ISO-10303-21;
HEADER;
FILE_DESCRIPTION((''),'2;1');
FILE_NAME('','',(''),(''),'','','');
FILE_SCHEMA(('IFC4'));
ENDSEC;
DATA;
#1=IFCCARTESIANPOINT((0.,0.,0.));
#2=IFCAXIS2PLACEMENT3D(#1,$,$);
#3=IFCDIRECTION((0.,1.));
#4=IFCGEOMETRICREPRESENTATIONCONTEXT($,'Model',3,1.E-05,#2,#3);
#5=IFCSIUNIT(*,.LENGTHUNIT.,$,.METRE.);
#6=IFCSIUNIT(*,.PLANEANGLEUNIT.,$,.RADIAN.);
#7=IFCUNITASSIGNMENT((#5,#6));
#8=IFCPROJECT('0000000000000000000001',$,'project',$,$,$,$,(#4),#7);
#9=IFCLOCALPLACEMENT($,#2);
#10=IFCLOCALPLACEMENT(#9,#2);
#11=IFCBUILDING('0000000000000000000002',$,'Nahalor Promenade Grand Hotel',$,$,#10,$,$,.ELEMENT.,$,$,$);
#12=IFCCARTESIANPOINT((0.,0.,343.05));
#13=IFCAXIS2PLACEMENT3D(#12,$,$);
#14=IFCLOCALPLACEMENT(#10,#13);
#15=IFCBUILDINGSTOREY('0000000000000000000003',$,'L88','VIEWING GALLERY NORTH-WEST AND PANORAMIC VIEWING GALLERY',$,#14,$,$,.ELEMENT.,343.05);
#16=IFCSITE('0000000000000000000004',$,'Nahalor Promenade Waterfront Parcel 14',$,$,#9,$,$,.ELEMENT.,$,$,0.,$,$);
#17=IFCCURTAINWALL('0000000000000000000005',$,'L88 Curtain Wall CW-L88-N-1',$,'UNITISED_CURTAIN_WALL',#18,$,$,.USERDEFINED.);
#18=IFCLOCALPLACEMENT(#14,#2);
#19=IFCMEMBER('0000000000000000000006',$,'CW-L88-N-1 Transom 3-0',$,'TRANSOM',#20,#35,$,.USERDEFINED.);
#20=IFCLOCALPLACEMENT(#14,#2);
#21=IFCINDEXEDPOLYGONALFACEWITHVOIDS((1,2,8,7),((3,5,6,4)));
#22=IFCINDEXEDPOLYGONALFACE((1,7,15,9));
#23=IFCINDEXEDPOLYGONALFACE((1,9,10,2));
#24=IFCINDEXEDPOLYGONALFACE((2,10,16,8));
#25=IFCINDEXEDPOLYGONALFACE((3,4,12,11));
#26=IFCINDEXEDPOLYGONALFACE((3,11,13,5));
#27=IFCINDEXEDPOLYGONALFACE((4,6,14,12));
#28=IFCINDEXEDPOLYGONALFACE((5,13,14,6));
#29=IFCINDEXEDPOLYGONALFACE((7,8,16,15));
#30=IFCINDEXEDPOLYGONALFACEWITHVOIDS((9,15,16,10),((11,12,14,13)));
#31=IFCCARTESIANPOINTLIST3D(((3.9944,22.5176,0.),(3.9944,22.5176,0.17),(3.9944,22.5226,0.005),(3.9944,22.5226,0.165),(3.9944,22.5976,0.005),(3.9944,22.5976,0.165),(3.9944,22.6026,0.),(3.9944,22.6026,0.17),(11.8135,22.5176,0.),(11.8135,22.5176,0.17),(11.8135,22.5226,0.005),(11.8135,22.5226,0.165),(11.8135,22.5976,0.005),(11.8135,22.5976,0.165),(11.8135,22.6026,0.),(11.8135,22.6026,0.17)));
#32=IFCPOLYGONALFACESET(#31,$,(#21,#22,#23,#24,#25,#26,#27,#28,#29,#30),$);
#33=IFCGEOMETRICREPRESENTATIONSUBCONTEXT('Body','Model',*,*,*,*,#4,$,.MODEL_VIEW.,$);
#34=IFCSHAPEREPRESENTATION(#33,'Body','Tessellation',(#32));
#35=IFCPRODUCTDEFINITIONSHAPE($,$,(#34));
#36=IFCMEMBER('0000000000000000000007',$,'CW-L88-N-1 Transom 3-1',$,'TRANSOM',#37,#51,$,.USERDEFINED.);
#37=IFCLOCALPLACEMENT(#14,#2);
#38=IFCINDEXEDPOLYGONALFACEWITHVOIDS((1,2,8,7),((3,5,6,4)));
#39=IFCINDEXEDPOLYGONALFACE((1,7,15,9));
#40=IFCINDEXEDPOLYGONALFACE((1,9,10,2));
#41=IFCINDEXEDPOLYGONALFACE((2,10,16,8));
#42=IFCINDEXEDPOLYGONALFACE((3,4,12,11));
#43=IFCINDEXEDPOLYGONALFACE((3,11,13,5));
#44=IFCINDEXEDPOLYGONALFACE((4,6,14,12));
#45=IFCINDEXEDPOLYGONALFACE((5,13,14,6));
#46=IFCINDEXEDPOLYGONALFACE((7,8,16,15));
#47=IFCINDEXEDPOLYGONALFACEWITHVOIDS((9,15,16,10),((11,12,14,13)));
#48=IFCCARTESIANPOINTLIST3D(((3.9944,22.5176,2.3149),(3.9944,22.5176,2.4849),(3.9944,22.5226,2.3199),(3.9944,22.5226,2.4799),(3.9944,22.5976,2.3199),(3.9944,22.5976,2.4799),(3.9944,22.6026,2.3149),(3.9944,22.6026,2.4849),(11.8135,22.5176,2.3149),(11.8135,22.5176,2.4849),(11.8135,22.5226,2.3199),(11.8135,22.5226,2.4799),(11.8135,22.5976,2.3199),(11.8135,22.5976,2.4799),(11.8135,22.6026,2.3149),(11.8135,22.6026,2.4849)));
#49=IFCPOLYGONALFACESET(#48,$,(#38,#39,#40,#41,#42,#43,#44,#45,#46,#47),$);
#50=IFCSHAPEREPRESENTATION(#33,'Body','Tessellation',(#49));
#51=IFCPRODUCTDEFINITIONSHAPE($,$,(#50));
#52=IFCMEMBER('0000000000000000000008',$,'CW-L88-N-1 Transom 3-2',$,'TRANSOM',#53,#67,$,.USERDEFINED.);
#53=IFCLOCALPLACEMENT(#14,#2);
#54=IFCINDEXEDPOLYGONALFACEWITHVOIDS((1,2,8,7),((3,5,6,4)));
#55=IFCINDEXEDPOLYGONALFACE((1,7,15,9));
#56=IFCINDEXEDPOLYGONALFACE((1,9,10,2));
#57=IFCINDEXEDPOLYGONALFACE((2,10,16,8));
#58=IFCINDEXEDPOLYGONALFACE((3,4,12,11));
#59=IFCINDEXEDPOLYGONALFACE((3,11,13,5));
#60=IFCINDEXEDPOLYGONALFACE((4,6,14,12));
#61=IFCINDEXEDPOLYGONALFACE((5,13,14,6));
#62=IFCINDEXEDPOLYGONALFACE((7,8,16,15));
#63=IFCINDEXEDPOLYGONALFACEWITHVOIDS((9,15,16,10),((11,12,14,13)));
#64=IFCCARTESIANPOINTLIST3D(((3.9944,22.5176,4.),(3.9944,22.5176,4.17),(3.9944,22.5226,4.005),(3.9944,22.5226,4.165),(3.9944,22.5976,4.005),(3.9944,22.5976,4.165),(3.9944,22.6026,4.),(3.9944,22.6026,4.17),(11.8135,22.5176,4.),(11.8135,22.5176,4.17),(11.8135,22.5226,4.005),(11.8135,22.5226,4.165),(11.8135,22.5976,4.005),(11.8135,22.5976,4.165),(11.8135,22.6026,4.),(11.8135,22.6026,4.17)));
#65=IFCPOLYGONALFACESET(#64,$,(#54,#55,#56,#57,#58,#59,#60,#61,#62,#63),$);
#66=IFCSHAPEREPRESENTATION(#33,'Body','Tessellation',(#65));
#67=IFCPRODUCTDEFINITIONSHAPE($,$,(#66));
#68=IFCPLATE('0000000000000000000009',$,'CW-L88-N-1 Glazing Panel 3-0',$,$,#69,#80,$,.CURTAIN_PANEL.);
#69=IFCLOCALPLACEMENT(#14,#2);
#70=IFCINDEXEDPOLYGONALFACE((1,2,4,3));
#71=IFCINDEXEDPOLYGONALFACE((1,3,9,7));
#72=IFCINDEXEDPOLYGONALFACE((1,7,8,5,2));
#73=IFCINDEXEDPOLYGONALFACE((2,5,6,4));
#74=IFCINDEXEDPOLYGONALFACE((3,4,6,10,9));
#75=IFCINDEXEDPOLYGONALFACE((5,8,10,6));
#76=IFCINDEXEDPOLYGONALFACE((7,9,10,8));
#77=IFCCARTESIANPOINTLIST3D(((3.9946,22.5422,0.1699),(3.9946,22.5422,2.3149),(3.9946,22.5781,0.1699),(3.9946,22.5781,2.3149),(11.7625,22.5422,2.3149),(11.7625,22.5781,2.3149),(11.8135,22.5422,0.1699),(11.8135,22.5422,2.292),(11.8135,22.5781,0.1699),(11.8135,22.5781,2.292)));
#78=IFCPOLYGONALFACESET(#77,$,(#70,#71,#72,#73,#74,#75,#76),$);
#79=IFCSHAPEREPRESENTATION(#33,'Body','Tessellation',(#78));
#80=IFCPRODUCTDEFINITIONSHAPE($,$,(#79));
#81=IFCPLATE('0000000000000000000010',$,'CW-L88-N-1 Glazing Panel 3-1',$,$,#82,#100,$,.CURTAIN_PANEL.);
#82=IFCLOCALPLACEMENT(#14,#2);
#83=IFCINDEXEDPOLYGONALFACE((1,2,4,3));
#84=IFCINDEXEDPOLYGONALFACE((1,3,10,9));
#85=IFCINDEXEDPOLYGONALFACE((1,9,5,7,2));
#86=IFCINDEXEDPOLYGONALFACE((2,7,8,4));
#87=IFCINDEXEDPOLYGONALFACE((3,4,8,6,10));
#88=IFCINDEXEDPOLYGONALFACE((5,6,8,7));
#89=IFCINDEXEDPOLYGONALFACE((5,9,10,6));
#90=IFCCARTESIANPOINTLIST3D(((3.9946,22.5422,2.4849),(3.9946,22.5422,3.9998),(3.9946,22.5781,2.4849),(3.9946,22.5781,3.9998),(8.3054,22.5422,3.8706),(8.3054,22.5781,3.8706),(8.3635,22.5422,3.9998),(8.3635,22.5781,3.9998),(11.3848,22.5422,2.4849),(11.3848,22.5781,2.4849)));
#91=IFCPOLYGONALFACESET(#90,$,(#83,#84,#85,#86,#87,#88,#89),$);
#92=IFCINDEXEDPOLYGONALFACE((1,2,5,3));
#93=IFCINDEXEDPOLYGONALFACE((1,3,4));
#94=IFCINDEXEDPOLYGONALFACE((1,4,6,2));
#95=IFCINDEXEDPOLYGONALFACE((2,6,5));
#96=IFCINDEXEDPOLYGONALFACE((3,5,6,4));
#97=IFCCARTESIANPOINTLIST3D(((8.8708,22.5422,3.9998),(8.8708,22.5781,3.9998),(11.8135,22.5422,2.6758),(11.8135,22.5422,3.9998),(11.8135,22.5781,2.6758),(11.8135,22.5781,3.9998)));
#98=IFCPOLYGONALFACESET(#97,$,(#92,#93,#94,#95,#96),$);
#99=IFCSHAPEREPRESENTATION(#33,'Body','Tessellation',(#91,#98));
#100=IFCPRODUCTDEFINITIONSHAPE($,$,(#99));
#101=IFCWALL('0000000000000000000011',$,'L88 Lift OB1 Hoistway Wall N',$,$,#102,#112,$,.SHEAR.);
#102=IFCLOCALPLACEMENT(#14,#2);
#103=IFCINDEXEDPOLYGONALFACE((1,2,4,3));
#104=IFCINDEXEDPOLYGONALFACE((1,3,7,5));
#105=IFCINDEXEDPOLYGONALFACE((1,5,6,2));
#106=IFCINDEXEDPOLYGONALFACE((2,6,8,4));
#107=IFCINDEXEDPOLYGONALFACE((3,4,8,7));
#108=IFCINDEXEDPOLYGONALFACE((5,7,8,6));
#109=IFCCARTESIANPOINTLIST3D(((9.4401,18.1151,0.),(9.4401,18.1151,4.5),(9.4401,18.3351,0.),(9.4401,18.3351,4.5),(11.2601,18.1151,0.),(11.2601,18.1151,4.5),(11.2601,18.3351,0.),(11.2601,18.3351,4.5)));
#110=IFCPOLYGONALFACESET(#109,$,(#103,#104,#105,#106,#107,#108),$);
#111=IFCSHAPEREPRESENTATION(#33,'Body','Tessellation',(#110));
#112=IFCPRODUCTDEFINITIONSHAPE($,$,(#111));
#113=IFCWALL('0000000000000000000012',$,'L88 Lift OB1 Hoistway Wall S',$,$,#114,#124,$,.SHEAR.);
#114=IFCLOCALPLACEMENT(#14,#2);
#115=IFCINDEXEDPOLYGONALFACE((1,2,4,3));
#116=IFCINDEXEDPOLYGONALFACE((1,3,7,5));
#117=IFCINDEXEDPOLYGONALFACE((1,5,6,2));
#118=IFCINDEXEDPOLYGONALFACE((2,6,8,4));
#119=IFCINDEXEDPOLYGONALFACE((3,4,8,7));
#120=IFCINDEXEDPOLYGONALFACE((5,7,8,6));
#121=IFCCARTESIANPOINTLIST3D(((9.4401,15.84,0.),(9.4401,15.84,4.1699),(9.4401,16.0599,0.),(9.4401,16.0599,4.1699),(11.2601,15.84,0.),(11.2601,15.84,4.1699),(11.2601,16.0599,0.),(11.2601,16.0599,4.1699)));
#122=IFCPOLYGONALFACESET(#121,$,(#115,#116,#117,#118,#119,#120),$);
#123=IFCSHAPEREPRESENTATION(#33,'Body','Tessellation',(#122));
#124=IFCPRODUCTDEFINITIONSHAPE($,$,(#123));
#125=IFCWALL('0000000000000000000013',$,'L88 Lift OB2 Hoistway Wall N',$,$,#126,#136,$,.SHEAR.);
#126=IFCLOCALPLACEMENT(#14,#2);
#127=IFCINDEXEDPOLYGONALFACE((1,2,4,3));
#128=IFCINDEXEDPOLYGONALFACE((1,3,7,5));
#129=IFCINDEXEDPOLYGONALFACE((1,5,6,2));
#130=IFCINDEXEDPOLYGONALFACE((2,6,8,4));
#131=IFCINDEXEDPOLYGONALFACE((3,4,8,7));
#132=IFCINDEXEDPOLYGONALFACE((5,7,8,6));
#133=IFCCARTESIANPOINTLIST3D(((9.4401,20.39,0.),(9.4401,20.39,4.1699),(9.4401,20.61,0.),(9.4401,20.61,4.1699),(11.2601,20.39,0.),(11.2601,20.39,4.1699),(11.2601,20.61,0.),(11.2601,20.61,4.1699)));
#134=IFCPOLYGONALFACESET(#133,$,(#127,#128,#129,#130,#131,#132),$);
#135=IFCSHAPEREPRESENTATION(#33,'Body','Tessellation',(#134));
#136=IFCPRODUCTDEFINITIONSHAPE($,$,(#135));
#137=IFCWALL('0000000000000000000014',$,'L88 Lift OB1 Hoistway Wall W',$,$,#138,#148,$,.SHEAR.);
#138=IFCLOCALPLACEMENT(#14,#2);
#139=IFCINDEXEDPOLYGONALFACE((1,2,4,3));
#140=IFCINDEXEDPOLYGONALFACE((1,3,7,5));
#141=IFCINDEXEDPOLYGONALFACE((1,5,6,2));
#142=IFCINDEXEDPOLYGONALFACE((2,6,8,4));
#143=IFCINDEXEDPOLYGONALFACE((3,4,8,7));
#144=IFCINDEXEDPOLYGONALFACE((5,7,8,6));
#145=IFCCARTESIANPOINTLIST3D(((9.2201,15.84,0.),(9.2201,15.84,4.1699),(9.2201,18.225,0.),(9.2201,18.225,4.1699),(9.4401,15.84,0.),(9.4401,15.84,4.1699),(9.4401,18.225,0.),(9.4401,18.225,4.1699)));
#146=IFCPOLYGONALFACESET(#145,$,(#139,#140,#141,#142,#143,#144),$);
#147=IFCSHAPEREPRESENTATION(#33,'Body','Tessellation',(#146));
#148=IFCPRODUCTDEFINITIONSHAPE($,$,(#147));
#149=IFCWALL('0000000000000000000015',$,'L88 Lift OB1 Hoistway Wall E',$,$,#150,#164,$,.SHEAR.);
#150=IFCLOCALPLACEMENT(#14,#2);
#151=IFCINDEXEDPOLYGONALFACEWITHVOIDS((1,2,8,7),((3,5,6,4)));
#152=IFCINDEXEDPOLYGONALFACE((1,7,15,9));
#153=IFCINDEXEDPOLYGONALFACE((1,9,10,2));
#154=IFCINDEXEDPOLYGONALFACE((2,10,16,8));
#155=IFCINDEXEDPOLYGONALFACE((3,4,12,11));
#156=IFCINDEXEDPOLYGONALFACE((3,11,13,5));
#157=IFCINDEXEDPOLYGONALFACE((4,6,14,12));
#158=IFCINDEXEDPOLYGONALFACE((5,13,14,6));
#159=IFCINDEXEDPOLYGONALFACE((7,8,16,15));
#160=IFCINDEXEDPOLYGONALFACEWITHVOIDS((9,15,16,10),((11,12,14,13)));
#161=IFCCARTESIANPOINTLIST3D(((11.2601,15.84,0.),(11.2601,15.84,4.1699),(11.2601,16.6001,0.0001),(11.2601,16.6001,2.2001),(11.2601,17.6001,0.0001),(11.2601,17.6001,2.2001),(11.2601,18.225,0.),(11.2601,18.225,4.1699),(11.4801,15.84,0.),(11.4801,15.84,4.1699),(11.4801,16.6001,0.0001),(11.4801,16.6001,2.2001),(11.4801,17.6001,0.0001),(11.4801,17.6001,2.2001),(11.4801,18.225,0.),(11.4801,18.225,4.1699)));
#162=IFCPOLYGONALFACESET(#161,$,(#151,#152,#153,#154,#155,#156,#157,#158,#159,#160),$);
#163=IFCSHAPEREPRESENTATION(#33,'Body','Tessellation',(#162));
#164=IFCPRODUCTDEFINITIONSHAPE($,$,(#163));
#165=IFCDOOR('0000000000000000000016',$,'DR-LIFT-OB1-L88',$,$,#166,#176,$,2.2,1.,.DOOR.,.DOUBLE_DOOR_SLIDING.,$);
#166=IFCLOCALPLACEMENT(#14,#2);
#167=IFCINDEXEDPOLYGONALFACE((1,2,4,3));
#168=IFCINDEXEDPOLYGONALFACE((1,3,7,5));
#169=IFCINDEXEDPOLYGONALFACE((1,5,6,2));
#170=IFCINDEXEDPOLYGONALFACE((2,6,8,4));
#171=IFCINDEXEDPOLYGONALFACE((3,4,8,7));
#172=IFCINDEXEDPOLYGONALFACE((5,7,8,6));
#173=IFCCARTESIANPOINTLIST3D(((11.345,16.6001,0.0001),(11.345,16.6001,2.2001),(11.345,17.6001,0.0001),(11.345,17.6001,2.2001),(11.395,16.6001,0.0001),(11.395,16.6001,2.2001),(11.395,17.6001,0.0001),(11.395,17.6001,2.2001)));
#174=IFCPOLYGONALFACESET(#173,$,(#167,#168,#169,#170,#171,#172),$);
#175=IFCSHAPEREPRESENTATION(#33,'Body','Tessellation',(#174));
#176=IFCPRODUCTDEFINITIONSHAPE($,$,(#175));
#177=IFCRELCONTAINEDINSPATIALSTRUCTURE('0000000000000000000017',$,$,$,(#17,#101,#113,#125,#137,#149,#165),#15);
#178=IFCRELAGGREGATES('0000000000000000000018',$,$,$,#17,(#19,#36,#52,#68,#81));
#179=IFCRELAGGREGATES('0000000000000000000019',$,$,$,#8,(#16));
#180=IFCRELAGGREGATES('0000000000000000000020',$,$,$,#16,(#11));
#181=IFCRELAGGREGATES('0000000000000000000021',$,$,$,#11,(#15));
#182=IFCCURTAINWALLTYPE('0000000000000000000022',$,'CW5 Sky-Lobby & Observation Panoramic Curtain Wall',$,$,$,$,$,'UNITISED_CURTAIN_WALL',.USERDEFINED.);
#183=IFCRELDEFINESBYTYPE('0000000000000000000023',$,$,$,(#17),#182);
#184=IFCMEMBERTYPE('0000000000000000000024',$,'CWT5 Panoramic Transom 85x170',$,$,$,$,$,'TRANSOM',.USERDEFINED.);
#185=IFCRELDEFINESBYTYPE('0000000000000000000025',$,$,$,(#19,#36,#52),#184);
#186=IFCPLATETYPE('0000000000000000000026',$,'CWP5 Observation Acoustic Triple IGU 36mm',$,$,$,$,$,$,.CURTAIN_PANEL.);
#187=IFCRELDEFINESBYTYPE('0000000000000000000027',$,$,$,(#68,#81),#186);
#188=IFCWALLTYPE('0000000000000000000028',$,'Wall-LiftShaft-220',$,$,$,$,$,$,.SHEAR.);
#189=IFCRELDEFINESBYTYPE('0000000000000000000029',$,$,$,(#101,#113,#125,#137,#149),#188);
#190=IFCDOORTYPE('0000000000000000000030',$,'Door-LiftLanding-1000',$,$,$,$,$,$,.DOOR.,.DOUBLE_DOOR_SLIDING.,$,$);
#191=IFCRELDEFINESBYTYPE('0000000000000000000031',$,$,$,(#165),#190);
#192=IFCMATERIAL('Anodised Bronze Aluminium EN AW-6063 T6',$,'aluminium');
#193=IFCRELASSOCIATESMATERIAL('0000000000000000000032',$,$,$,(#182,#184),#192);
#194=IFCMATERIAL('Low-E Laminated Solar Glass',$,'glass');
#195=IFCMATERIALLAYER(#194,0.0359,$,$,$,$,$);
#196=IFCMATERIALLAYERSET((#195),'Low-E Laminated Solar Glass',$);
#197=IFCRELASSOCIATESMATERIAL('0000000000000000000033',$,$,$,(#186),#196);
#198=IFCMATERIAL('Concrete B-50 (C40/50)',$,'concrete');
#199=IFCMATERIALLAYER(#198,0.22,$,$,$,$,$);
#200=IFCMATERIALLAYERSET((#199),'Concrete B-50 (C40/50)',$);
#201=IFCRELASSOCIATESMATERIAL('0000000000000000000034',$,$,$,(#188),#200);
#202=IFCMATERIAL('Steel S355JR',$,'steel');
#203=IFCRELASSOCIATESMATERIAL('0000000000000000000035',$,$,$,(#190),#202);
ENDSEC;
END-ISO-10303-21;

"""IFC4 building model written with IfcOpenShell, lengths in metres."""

from ifc_helpers import new_model, si_unit, direction, frame, frame_2d, origin, origin_2d, place, context, subcontext, project, spatial, polyline, rectangle, hollow_rectangle, outline, extrude, source, transform, mapped, material, layer, layer_set, material_profile, profile_set, type_object, element, fill, aggregate, save


model = new_model("IFC4")

# Units and contexts
model_context = context("Model", 3, precision=1e-05, world=origin(), true_north=direction((0.0, 1.0)))
body_context = subcontext(model_context, "Body", "Model", "MODEL_VIEW")
ifc_project = project(units=[si_unit("LENGTHUNIT", "METRE"), si_unit("PLANEANGLEUNIT", "RADIAN")], contexts=[model_context])

# Site, building, storey
site_placement = place(None, origin())
site = spatial("IfcSite", under=ifc_project, at=site_placement, Name="Nahalor Promenade Waterfront Parcel 14", CompositionType="ELEMENT", RefElevation=0.0)
building_placement = place(site_placement, origin())
building = spatial("IfcBuilding", under=site, at=building_placement, Name="Nahalor Promenade Grand Hotel", CompositionType="ELEMENT")
storey_placement = place(building_placement, frame((0.0, 0.0, 343.05)))
storey = spatial("IfcBuildingStorey", under=building, at=storey_placement, Name="L88", Description="VIEWING GALLERY NORTH-WEST AND PANORAMIC VIEWING GALLERY", CompositionType="ELEMENT", Elevation=343.05)

# Shared definitions
ifc_material_1 = material(Name="Concrete B-50 (C40/50)", Category="concrete")
ifc_material_2 = material(Name="Steel S355JR", Category="steel")

# Curtain wall, members, plates
ifc_material_3 = material(Name="Anodised Bronze Aluminium EN AW-6063 T6", Category="aluminium")
curtain_wall_type = type_object("IfcCurtainWallType", Name="CW5 Sky-Lobby & Observation Panoramic Curtain Wall", ElementType="UNITISED_CURTAIN_WALL", PredefinedType="USERDEFINED", material=ifc_material_3)
curtain_wall_placement = place(storey_placement, origin())
curtain_wall = element("IfcCurtainWall", 1, at=curtain_wall_placement, inside=storey, type_object=curtain_wall_type, Name="L88 Curtain Wall CW-L88-N-1", ObjectType="UNITISED_CURTAIN_WALL", PredefinedType="USERDEFINED")
ifc_material_profile_1 = material_profile(ifc_material_3, hollow_rectangle(XDim=0.085, YDim=0.17, WallThickness=0.005, at=origin_2d()), Name="CWT 85x170x5")
ifc_profile_set_1 = profile_set([ifc_material_profile_1], Name="Anodised Bronze Aluminium EN AW-6063 T6")
member_type_1 = type_object("IfcMemberType", Name="CWT5 Panoramic Transom 85x170", ElementType="TRANSOM", PredefinedType="USERDEFINED", material=ifc_profile_set_1)
shared_shape_1 = source(origin(), body_context, "Body", "SweptSolid", [
    extrude(hollow_rectangle(XDim=0.085, YDim=0.17, WallThickness=0.005, at=origin_2d()), origin(), (0.0, 0.0, 1.0), 7.8191),
])
member_1_placement = place(storey_placement, frame((3.9944, 22.5601, 0.085), z_axis=(1.0, 0.0, 0.0), x_axis=(0.0, 1.0, 0.0)))
member_1 = element("IfcMember", 2, at=member_1_placement, type_object=member_type_1, Name="CW-L88-N-1 Transom 3-0", ObjectType="TRANSOM", PredefinedType="USERDEFINED", context=body_context, shape_type="MappedRepresentation", body=[
    mapped(shared_shape_1, transform((0.0, 0.0, 0.0), scale=1.0)),
])
member_2_placement = place(storey_placement, frame((3.9944, 22.5601, 2.3999), z_axis=(1.0, 0.0, 0.0), x_axis=(0.0, 1.0, 0.0)))
member_2 = element("IfcMember", 3, at=member_2_placement, type_object=member_type_1, Name="CW-L88-N-1 Transom 3-1", ObjectType="TRANSOM", PredefinedType="USERDEFINED", context=body_context, shape_type="MappedRepresentation", body=[
    mapped(shared_shape_1, transform((0.0, 0.0, 0.0), scale=1.0)),
])
member_3_placement = place(storey_placement, frame((3.9944, 22.5601, 4.085), z_axis=(1.0, 0.0, 0.0), x_axis=(0.0, 1.0, 0.0)))
member_3 = element("IfcMember", 4, at=member_3_placement, type_object=member_type_1, Name="CW-L88-N-1 Transom 3-2", ObjectType="TRANSOM", PredefinedType="USERDEFINED", context=body_context, shape_type="MappedRepresentation", body=[
    mapped(shared_shape_1, transform((0.0, 0.0, 0.0), scale=1.0)),
])
ifc_material_4 = material(Name="Low-E Laminated Solar Glass", Category="glass")
ifc_layer_1 = layer(ifc_material_4, 0.0359)
ifc_layer_set_1 = layer_set([ifc_layer_1], Name="Low-E Laminated Solar Glass")
plate_type = type_object("IfcPlateType", Name="CWP5 Observation Acoustic Triple IGU 36mm", PredefinedType="CURTAIN_PANEL", material=ifc_layer_set_1)
plate_1_placement = place(storey_placement, frame((7.9041, 22.5601, 0.1699), z_axis=(0.0, 0.0, 1.0), x_axis=(1.0, 0.0, 0.0)))
plate_1 = element("IfcPlate", 5, at=plate_1_placement, type_object=plate_type, Name="CW-L88-N-1 Glazing Panel 3-0", PredefinedType="CURTAIN_PANEL", context=body_context, shape_type="SweptSolid", body=[
    extrude(outline(polyline([(-3.9094, 0.0), (3.9094, 0.0), (3.9094, 2.1221), (3.8584, 2.145), (-3.9094, 2.145), (-3.9094, 0.0)])), frame((0.0, 0.0181, 0.0), z_axis=(0.0, -1.0, 0.0), x_axis=(1.0, 0.0, 0.0)), (0.0, 0.0, 1.0), 0.0359),
])
plate_2_placement = place(storey_placement, frame((7.9041, 22.5601, 2.4849), z_axis=(0.0, 0.0, 1.0), x_axis=(1.0, 0.0, 0.0)))
plate_2 = element("IfcPlate", 6, at=plate_2_placement, type_object=plate_type, Name="CW-L88-N-1 Glazing Panel 3-1", PredefinedType="CURTAIN_PANEL", context=body_context, shape_type="SweptSolid", body=[
    extrude(outline(polyline([(-3.9094, 1.5149), (-3.9094, 0.0), (3.4807, 0.0), (0.4014, 1.3857), (0.4595, 1.5149), (-3.9094, 1.5149)])), frame((0.0, 0.0181, 0.0), z_axis=(0.0, -1.0, 0.0), x_axis=(1.0, 0.0, 0.0)), (0.0, 0.0, 1.0), 0.0359),
    extrude(outline(polyline([(3.9094, 0.1909), (3.9094, 1.5149), (0.9668, 1.5149), (3.9094, 0.1909)])), frame((0.0, 0.0181, 0.0), z_axis=(0.0, -1.0, 0.0), x_axis=(1.0, 0.0, 0.0)), (0.0, 0.0, 1.0), 0.0359),
])
aggregate(curtain_wall, [member_1, member_2, member_3, plate_1, plate_2])

# Walls
ifc_layer_2 = layer(ifc_material_1, 0.22)
ifc_layer_set_2 = layer_set([ifc_layer_2], Name="Concrete B-50 (C40/50)")
wall_type_1 = type_object("IfcWallType", Name="Wall-LiftShaft-220", PredefinedType="SHEAR", material=ifc_layer_set_2)
shared_shape_2 = source(origin(), body_context, "Body", "SweptSolid", [
    extrude(rectangle(XDim=1.8201, YDim=0.22, at=frame_2d((0.9102, 0.0))), origin(), (0.0, 0.0, 1.0), 4.5),
])
wall_1_placement = place(storey_placement, frame((9.4399, 18.2251, 0.0), z_axis=(0.0, 0.0, 1.0), x_axis=(1.0, 0.0, 0.0)))
element("IfcWall", 7, at=wall_1_placement, inside=storey, type_object=wall_type_1, Name="L88 Lift OB1 Hoistway Wall N", PredefinedType="SHEAR", context=body_context, shape_type="MappedRepresentation", body=[
    mapped(shared_shape_2, transform((0.0, 0.0, 0.0), scale=1.0)),
])
shared_shape_3 = source(origin(), body_context, "Body", "SweptSolid", [
    extrude(rectangle(XDim=1.8201, YDim=0.22, at=frame_2d((0.9102, 0.0))), origin(), (0.0, 0.0, 1.0), 4.1699),
])
for number, where, z_axis, x_axis, name in (
    (8, (9.4399, 15.95, 0.0), (0.0, 0.0, 1.0), (1.0, 0.0, 0.0), "L88 Lift OB1 Hoistway Wall S"),
    (9, (9.4399, 20.5, 0.0), (0.0, 0.0, 1.0), (1.0, 0.0, 0.0), "L88 Lift OB2 Hoistway Wall N"),
):
    element("IfcWall", number, at=place(storey_placement, frame(where, z_axis=z_axis, x_axis=x_axis)), inside=storey, type_object=wall_type_1, Name=name, PredefinedType="SHEAR", context=body_context, shape_type="MappedRepresentation", body=[
        mapped(shared_shape_3, transform((0.0, 0.0, 0.0), scale=1.0)),
    ])
shared_shape_4 = source(origin(), body_context, "Body", "SweptSolid", [
    extrude(rectangle(XDim=2.385, YDim=0.22, at=frame_2d((1.1924, 0.0))), origin(), (0.0, 0.0, 1.0), 4.1699),
])
wall_2_placement = place(storey_placement, frame((9.3301, 15.8401, 0.0), z_axis=(0.0, 0.0, 1.0), x_axis=(0.0, 1.0, 0.0)))
element("IfcWall", 10, at=wall_2_placement, inside=storey, type_object=wall_type_1, Name="L88 Lift OB1 Hoistway Wall W", PredefinedType="SHEAR", context=body_context, shape_type="MappedRepresentation", body=[
    mapped(shared_shape_4, transform((0.0, 0.0, 0.0), scale=1.0)),
])

# Wall, opening, door
wall_3_placement = place(storey_placement, frame((11.3701, 15.8401, 0.0), z_axis=(0.0, 0.0, 1.0), x_axis=(0.0, 1.0, 0.0)))
wall_3 = element("IfcWall", 11, at=wall_3_placement, inside=storey, type_object=wall_type_1, Name="L88 Lift OB1 Hoistway Wall E", PredefinedType="SHEAR", context=body_context, shape_type="MappedRepresentation", body=[
    mapped(shared_shape_4, transform((0.0, 0.0, 0.0), scale=1.0)),
])
opening_1_placement = place(wall_3_placement, frame((0.76, 0.0, 0.0)))
opening_1 = element("IfcOpeningElement", 12, at=opening_1_placement, cuts=wall_3, PredefinedType="OPENING", context=body_context, shape_type="SweptSolid", body=[
    extrude(rectangle(XDim=1.0, YDim=2.2, at=frame_2d((0.5, 1.1001))), frame((0.0, 0.1199, 0.0), z_axis=(0.0, -1.0, 0.0), x_axis=(1.0, 0.0, 0.0)), (0.0, 0.0, 1.0), 0.24),
])
door_type_1 = type_object("IfcDoorType", Name="Door-LiftLanding-1000", OperationType="DOUBLE_DOOR_SLIDING", PredefinedType="DOOR", material=ifc_material_2)
shared_shape_5 = source(origin(), body_context, "Body", "SweptSolid", [
    extrude(rectangle(XDim=1.0, YDim=2.2, at=frame_2d((0.5, 1.1001))), frame((0.0, 0.0249, 0.0), z_axis=(0.0, -1.0, 0.0), x_axis=(1.0, 0.0, 0.0)), (0.0, 0.0, 1.0), 0.05),
])
door_1_placement = place(opening_1_placement, frame((1.0, 0.0, 0.0), z_axis=(0.0, 0.0, 1.0), x_axis=(-1.0, 0.0, 0.0)))
door_1 = element("IfcDoor", 13, at=door_1_placement, inside=storey, type_object=door_type_1, Name="DR-LIFT-OB1-L88", OperationType="DOUBLE_DOOR_SLIDING", OverallHeight=2.2, OverallWidth=1.0, PredefinedType="DOOR", context=body_context, shape_type="MappedRepresentation", body=[
    mapped(shared_shape_5, transform((0.0, 0.0, 0.0), scale=1.0)),
])
fill(opening_1, door_1)

save(model, "model.ifc")
